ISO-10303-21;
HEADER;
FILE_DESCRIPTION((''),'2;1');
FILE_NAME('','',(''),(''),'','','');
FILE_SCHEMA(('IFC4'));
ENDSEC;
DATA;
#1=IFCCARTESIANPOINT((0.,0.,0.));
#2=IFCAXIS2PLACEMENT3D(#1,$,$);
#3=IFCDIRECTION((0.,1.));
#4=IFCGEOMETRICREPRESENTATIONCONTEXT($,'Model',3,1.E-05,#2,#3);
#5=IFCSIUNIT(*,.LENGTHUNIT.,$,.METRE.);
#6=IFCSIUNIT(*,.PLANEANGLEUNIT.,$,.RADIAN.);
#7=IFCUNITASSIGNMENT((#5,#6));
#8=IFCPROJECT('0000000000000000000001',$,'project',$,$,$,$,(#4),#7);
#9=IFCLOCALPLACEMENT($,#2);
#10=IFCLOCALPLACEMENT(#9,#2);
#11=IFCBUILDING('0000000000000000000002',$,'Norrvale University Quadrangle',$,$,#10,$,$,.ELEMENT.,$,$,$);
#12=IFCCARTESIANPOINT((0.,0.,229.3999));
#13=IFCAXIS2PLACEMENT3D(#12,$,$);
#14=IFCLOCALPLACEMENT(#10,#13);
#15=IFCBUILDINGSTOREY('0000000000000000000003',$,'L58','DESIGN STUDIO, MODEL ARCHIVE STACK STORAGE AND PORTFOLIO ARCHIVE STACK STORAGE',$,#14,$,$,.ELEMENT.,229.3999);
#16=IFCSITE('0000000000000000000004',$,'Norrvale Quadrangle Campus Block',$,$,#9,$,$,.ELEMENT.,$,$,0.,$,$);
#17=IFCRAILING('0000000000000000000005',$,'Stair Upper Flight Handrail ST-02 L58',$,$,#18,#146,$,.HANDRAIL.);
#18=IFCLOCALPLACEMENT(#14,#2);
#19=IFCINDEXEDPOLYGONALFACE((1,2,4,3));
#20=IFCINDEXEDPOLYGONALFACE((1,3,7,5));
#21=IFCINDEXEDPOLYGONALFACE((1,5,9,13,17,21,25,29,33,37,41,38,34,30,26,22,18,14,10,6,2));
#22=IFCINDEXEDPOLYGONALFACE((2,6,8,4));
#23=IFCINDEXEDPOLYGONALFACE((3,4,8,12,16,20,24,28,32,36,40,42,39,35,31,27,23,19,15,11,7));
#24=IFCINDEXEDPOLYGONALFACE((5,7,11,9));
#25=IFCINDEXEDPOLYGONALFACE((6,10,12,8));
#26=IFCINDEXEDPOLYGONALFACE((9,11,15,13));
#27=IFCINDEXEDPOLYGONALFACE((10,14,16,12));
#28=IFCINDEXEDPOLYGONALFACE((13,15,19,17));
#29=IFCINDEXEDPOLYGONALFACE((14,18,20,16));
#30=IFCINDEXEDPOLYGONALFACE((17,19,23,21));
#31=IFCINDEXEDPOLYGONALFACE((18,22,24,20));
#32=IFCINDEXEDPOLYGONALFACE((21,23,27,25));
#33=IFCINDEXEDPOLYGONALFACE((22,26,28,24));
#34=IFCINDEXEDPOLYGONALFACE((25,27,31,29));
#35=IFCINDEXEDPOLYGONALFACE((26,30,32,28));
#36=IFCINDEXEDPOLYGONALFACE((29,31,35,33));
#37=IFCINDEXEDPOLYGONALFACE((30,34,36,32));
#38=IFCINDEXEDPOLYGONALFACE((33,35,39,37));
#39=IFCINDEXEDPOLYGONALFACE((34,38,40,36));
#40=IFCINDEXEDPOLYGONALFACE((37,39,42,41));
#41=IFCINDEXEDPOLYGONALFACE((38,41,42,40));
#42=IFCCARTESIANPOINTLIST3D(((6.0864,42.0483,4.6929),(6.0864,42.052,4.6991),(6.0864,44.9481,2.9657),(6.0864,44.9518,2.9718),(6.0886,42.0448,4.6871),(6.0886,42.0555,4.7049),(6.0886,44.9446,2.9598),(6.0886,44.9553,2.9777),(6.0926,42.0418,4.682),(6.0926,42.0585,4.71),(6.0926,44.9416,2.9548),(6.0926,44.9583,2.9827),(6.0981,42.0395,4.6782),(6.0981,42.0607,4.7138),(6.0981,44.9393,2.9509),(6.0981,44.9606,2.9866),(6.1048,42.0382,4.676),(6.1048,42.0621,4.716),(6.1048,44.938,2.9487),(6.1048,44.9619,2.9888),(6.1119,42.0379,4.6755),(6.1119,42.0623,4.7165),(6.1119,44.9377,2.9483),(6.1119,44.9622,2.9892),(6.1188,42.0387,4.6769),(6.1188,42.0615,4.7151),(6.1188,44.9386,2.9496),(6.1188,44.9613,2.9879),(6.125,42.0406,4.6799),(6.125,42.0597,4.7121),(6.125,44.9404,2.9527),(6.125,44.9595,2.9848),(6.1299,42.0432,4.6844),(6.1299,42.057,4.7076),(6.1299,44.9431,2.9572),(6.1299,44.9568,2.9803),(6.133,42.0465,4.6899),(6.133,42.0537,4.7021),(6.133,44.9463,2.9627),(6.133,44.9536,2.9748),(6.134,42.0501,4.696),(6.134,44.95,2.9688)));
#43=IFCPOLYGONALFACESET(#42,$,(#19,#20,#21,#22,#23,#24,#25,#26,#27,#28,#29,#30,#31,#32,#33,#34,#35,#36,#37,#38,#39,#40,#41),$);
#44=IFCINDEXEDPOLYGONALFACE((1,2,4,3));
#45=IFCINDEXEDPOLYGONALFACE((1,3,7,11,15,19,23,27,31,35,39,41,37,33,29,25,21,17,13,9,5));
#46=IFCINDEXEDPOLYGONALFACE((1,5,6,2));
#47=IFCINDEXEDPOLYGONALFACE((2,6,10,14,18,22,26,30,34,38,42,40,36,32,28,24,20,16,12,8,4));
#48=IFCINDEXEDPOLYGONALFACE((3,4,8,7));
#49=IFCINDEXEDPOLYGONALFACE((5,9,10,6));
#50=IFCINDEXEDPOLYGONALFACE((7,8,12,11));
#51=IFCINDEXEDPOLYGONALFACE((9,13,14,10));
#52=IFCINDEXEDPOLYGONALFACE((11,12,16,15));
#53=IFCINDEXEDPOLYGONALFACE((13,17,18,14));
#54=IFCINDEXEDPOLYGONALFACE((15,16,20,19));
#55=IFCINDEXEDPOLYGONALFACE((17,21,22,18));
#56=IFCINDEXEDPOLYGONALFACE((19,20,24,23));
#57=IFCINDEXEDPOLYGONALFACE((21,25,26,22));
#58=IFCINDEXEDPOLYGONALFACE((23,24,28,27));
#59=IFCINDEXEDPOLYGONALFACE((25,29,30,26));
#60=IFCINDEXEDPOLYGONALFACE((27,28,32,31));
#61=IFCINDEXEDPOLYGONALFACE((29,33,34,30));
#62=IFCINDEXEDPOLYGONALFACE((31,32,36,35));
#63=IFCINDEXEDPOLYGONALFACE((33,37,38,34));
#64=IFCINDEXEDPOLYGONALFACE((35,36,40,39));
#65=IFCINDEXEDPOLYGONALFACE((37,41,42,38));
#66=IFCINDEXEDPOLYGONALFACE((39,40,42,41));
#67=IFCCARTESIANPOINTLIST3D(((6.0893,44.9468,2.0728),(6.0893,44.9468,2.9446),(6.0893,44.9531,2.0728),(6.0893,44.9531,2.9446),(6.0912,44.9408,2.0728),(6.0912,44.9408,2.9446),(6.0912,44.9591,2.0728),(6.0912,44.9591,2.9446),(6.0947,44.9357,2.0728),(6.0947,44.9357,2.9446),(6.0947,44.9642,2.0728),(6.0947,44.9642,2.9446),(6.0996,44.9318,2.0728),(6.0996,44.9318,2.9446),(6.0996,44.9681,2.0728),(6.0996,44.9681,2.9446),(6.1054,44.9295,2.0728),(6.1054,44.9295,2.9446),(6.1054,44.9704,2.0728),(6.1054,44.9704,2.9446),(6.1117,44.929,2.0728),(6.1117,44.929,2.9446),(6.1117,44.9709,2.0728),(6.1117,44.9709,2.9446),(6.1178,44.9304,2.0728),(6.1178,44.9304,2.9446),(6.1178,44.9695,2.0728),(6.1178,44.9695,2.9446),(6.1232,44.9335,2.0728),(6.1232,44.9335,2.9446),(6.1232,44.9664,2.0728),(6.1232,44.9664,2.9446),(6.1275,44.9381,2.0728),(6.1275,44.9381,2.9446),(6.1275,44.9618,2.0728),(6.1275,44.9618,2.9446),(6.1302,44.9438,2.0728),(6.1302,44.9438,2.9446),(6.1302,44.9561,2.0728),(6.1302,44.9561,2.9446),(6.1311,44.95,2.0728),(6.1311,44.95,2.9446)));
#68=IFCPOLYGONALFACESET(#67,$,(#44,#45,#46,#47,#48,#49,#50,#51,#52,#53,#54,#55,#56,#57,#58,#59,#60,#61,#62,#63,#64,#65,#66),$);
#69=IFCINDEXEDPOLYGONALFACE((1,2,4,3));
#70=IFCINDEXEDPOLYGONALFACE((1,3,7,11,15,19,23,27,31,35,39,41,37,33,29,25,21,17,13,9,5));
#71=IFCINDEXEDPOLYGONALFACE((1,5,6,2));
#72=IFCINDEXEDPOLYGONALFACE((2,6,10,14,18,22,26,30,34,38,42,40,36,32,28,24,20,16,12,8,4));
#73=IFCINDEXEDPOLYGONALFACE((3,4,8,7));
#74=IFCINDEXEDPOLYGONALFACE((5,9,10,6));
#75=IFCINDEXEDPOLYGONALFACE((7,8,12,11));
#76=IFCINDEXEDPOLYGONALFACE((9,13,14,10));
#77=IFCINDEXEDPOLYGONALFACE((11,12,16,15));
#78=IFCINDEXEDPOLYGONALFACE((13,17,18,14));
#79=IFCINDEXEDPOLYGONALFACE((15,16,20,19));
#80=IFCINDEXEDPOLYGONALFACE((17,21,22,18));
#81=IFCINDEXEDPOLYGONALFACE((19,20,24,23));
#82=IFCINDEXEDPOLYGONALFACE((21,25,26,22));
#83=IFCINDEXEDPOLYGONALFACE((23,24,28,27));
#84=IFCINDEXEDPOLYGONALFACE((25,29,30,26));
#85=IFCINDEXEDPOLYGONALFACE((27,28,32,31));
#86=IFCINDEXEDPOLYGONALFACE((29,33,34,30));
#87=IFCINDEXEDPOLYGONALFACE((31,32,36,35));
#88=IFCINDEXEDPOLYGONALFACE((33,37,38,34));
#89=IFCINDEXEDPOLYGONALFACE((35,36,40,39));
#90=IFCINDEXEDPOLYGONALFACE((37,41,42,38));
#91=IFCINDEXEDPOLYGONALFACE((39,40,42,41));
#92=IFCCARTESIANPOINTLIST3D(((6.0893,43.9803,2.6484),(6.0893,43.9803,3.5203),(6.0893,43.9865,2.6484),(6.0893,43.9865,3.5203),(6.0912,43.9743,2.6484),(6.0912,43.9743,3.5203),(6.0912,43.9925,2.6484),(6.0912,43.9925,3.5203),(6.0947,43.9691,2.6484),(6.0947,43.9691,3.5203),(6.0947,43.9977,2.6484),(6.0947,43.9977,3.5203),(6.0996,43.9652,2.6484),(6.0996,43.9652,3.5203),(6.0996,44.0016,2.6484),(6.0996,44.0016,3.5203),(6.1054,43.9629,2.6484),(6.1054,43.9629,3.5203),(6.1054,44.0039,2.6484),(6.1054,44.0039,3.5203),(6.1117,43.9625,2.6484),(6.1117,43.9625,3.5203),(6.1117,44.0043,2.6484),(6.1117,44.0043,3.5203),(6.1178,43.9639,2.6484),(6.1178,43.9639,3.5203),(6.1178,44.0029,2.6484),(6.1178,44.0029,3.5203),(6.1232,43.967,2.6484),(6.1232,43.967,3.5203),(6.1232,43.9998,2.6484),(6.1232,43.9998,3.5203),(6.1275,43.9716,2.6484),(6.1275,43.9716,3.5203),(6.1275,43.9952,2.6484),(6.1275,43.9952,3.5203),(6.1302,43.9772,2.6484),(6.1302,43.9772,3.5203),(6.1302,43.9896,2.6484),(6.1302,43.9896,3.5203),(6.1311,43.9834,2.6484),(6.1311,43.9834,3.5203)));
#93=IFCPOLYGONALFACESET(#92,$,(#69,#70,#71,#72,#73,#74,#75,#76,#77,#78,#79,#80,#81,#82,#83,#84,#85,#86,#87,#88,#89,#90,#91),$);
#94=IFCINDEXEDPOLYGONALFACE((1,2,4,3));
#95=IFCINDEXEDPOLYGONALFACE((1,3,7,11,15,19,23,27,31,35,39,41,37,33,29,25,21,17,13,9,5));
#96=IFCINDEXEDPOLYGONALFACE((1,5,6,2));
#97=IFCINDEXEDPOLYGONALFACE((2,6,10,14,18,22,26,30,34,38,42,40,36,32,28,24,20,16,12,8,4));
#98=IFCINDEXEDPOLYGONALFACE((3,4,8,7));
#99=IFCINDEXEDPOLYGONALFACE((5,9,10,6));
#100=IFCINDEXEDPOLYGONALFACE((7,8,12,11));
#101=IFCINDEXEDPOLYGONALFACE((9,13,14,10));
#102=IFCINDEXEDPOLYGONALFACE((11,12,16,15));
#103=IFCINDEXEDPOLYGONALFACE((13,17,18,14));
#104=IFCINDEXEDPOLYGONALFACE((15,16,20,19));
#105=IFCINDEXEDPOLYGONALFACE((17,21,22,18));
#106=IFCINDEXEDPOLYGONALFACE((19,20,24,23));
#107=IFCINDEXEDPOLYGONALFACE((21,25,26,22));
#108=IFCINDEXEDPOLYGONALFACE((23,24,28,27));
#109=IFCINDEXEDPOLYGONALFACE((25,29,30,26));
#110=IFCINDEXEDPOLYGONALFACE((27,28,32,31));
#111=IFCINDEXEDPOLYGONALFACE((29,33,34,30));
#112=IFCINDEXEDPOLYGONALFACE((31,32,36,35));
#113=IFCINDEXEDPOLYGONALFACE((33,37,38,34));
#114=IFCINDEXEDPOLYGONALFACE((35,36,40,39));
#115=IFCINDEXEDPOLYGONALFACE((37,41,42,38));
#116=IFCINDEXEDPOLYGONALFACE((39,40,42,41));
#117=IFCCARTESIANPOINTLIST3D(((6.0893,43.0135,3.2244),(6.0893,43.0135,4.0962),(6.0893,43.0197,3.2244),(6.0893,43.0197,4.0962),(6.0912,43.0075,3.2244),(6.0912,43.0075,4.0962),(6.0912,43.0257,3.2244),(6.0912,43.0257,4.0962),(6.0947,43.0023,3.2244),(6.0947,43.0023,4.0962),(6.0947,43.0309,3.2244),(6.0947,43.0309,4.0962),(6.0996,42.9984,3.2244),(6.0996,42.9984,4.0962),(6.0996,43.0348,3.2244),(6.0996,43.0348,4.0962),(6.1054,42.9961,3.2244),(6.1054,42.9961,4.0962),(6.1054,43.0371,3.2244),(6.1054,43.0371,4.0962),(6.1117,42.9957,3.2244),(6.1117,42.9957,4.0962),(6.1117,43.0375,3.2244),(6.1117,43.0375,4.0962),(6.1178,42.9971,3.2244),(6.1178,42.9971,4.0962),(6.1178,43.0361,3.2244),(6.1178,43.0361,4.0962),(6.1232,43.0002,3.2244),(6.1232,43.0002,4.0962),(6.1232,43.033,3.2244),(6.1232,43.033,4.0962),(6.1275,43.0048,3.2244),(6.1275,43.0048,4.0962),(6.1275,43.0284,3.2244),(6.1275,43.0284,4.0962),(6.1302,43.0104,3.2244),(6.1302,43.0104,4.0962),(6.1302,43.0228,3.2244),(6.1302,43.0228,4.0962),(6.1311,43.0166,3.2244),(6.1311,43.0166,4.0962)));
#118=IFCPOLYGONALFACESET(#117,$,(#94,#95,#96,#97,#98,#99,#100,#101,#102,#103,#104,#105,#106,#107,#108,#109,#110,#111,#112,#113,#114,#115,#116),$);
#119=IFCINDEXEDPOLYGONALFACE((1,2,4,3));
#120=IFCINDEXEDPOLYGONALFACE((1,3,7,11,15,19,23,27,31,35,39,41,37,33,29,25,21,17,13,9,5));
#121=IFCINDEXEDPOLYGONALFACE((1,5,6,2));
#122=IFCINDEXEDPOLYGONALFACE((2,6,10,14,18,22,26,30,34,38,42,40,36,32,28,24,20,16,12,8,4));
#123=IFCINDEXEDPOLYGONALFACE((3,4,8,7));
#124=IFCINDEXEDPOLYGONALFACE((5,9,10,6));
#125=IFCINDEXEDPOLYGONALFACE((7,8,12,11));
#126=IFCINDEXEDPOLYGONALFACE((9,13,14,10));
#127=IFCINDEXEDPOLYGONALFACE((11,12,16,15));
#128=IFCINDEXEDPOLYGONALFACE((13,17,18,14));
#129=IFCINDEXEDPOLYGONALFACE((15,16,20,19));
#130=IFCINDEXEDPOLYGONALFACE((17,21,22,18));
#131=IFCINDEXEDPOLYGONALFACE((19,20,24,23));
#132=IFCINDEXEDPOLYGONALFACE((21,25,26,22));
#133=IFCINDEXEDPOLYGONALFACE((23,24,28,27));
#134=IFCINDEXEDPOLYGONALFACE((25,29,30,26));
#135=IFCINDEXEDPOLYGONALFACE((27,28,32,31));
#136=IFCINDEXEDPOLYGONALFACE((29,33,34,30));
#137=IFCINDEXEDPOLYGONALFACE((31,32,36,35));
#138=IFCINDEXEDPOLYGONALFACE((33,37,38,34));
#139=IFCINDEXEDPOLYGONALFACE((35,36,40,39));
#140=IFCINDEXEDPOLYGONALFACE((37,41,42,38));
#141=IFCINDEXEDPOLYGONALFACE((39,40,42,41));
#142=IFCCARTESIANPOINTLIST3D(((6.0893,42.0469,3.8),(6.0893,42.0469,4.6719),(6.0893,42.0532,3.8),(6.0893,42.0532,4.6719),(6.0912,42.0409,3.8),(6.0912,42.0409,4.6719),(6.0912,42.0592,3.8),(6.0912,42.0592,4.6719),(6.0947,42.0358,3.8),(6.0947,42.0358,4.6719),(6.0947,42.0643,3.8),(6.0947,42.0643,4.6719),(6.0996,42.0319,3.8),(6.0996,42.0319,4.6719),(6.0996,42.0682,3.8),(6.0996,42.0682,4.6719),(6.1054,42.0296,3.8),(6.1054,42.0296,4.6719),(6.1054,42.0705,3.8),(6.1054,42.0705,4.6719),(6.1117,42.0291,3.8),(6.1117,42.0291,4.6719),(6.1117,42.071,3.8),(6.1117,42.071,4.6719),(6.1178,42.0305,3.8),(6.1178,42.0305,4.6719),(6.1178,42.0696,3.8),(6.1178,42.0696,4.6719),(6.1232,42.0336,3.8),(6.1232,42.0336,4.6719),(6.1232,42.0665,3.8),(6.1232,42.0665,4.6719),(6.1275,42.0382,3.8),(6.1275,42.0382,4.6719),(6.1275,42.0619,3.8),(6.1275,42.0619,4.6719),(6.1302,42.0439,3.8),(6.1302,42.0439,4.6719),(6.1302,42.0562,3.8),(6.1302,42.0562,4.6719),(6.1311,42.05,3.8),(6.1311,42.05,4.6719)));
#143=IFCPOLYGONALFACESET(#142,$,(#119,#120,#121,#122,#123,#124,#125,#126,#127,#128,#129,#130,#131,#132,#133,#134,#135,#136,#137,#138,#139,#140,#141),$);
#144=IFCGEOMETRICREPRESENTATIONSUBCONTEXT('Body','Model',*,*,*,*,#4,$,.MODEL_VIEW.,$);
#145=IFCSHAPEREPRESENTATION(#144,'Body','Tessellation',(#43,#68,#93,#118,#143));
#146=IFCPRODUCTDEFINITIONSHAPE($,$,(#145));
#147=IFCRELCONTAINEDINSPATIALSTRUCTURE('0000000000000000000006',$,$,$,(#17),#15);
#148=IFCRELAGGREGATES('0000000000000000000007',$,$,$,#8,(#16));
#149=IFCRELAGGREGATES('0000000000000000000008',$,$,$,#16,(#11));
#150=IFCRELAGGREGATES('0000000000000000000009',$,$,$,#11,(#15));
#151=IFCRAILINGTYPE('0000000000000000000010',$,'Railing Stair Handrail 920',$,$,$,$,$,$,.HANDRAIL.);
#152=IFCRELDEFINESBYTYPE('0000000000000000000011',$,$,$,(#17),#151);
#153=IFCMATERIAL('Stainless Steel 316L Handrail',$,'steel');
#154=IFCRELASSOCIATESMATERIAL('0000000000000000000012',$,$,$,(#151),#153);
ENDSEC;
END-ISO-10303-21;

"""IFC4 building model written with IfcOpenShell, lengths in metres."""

from ifc_helpers import new_model, si_unit, direction, frame, origin, origin_2d, place, context, subcontext, project, spatial, circle, extrude, material, type_object, element, save


model = new_model("IFC4")

# Units and contexts
model_context = context("Model", 3, precision=1e-05, world=origin(), true_north=direction((0.0, 1.0)))
body_context = subcontext(model_context, "Body", "Model", "MODEL_VIEW")
ifc_project = project(units=[si_unit("LENGTHUNIT", "METRE"), si_unit("PLANEANGLEUNIT", "RADIAN")], contexts=[model_context])

# Site, building, storey
site_placement = place(None, origin())
site = spatial("IfcSite", under=ifc_project, at=site_placement, Name="Norrvale Quadrangle Campus Block", CompositionType="ELEMENT", RefElevation=0.0)
building_placement = place(site_placement, origin())
building = spatial("IfcBuilding", under=site, at=building_placement, Name="Norrvale University Quadrangle", CompositionType="ELEMENT")
storey_placement = place(building_placement, frame((0.0, 0.0, 229.3999)))
storey = spatial("IfcBuildingStorey", under=building, at=storey_placement, Name="L58", Description="DESIGN STUDIO, MODEL ARCHIVE STACK STORAGE AND PORTFOLIO ARCHIVE STACK STORAGE", CompositionType="ELEMENT", Elevation=229.3999)

# Railing
ifc_material_1 = material(Name="Stainless Steel 316L Handrail", Category="steel")
railing_type_1 = type_object("IfcRailingType", Name="Railing Stair Handrail 920", PredefinedType="HANDRAIL", material=ifc_material_1)
railing_1_placement = place(storey_placement, frame((6.1101, 44.95, 2.0728)))
element("IfcRailing", 1, at=railing_1_placement, inside=storey, type_object=railing_type_1, Name="Stair Upper Flight Handrail ST-02 L58", PredefinedType="HANDRAIL", context=body_context, shape_type="SweptSolid", body=[
    extrude(circle(Radius=0.0239, at=origin_2d()), frame((0.0, 0.0, 0.896), z_axis=(0.0, -0.859141, 0.511738), x_axis=(1.0, 0.0, 0.0)), (0.0, 0.0, 1.0), 3.3752),
    extrude(circle(Radius=0.021, at=origin_2d()), origin(), (0.0, 0.0, 1.0), 0.8718),
    extrude(circle(Radius=0.021, at=origin_2d()), frame((0.0, -0.9666, 0.5757)), (0.0, 0.0, 1.0), 0.8718),
    extrude(circle(Radius=0.021, at=origin_2d()), frame((0.0, -1.9333, 1.1516)), (0.0, 0.0, 1.0), 0.8718),
    extrude(circle(Radius=0.021, at=origin_2d()), frame((0.0, -2.8999, 1.7273)), (0.0, 0.0, 1.0), 0.8718),
])

save(model, "model.ifc")
